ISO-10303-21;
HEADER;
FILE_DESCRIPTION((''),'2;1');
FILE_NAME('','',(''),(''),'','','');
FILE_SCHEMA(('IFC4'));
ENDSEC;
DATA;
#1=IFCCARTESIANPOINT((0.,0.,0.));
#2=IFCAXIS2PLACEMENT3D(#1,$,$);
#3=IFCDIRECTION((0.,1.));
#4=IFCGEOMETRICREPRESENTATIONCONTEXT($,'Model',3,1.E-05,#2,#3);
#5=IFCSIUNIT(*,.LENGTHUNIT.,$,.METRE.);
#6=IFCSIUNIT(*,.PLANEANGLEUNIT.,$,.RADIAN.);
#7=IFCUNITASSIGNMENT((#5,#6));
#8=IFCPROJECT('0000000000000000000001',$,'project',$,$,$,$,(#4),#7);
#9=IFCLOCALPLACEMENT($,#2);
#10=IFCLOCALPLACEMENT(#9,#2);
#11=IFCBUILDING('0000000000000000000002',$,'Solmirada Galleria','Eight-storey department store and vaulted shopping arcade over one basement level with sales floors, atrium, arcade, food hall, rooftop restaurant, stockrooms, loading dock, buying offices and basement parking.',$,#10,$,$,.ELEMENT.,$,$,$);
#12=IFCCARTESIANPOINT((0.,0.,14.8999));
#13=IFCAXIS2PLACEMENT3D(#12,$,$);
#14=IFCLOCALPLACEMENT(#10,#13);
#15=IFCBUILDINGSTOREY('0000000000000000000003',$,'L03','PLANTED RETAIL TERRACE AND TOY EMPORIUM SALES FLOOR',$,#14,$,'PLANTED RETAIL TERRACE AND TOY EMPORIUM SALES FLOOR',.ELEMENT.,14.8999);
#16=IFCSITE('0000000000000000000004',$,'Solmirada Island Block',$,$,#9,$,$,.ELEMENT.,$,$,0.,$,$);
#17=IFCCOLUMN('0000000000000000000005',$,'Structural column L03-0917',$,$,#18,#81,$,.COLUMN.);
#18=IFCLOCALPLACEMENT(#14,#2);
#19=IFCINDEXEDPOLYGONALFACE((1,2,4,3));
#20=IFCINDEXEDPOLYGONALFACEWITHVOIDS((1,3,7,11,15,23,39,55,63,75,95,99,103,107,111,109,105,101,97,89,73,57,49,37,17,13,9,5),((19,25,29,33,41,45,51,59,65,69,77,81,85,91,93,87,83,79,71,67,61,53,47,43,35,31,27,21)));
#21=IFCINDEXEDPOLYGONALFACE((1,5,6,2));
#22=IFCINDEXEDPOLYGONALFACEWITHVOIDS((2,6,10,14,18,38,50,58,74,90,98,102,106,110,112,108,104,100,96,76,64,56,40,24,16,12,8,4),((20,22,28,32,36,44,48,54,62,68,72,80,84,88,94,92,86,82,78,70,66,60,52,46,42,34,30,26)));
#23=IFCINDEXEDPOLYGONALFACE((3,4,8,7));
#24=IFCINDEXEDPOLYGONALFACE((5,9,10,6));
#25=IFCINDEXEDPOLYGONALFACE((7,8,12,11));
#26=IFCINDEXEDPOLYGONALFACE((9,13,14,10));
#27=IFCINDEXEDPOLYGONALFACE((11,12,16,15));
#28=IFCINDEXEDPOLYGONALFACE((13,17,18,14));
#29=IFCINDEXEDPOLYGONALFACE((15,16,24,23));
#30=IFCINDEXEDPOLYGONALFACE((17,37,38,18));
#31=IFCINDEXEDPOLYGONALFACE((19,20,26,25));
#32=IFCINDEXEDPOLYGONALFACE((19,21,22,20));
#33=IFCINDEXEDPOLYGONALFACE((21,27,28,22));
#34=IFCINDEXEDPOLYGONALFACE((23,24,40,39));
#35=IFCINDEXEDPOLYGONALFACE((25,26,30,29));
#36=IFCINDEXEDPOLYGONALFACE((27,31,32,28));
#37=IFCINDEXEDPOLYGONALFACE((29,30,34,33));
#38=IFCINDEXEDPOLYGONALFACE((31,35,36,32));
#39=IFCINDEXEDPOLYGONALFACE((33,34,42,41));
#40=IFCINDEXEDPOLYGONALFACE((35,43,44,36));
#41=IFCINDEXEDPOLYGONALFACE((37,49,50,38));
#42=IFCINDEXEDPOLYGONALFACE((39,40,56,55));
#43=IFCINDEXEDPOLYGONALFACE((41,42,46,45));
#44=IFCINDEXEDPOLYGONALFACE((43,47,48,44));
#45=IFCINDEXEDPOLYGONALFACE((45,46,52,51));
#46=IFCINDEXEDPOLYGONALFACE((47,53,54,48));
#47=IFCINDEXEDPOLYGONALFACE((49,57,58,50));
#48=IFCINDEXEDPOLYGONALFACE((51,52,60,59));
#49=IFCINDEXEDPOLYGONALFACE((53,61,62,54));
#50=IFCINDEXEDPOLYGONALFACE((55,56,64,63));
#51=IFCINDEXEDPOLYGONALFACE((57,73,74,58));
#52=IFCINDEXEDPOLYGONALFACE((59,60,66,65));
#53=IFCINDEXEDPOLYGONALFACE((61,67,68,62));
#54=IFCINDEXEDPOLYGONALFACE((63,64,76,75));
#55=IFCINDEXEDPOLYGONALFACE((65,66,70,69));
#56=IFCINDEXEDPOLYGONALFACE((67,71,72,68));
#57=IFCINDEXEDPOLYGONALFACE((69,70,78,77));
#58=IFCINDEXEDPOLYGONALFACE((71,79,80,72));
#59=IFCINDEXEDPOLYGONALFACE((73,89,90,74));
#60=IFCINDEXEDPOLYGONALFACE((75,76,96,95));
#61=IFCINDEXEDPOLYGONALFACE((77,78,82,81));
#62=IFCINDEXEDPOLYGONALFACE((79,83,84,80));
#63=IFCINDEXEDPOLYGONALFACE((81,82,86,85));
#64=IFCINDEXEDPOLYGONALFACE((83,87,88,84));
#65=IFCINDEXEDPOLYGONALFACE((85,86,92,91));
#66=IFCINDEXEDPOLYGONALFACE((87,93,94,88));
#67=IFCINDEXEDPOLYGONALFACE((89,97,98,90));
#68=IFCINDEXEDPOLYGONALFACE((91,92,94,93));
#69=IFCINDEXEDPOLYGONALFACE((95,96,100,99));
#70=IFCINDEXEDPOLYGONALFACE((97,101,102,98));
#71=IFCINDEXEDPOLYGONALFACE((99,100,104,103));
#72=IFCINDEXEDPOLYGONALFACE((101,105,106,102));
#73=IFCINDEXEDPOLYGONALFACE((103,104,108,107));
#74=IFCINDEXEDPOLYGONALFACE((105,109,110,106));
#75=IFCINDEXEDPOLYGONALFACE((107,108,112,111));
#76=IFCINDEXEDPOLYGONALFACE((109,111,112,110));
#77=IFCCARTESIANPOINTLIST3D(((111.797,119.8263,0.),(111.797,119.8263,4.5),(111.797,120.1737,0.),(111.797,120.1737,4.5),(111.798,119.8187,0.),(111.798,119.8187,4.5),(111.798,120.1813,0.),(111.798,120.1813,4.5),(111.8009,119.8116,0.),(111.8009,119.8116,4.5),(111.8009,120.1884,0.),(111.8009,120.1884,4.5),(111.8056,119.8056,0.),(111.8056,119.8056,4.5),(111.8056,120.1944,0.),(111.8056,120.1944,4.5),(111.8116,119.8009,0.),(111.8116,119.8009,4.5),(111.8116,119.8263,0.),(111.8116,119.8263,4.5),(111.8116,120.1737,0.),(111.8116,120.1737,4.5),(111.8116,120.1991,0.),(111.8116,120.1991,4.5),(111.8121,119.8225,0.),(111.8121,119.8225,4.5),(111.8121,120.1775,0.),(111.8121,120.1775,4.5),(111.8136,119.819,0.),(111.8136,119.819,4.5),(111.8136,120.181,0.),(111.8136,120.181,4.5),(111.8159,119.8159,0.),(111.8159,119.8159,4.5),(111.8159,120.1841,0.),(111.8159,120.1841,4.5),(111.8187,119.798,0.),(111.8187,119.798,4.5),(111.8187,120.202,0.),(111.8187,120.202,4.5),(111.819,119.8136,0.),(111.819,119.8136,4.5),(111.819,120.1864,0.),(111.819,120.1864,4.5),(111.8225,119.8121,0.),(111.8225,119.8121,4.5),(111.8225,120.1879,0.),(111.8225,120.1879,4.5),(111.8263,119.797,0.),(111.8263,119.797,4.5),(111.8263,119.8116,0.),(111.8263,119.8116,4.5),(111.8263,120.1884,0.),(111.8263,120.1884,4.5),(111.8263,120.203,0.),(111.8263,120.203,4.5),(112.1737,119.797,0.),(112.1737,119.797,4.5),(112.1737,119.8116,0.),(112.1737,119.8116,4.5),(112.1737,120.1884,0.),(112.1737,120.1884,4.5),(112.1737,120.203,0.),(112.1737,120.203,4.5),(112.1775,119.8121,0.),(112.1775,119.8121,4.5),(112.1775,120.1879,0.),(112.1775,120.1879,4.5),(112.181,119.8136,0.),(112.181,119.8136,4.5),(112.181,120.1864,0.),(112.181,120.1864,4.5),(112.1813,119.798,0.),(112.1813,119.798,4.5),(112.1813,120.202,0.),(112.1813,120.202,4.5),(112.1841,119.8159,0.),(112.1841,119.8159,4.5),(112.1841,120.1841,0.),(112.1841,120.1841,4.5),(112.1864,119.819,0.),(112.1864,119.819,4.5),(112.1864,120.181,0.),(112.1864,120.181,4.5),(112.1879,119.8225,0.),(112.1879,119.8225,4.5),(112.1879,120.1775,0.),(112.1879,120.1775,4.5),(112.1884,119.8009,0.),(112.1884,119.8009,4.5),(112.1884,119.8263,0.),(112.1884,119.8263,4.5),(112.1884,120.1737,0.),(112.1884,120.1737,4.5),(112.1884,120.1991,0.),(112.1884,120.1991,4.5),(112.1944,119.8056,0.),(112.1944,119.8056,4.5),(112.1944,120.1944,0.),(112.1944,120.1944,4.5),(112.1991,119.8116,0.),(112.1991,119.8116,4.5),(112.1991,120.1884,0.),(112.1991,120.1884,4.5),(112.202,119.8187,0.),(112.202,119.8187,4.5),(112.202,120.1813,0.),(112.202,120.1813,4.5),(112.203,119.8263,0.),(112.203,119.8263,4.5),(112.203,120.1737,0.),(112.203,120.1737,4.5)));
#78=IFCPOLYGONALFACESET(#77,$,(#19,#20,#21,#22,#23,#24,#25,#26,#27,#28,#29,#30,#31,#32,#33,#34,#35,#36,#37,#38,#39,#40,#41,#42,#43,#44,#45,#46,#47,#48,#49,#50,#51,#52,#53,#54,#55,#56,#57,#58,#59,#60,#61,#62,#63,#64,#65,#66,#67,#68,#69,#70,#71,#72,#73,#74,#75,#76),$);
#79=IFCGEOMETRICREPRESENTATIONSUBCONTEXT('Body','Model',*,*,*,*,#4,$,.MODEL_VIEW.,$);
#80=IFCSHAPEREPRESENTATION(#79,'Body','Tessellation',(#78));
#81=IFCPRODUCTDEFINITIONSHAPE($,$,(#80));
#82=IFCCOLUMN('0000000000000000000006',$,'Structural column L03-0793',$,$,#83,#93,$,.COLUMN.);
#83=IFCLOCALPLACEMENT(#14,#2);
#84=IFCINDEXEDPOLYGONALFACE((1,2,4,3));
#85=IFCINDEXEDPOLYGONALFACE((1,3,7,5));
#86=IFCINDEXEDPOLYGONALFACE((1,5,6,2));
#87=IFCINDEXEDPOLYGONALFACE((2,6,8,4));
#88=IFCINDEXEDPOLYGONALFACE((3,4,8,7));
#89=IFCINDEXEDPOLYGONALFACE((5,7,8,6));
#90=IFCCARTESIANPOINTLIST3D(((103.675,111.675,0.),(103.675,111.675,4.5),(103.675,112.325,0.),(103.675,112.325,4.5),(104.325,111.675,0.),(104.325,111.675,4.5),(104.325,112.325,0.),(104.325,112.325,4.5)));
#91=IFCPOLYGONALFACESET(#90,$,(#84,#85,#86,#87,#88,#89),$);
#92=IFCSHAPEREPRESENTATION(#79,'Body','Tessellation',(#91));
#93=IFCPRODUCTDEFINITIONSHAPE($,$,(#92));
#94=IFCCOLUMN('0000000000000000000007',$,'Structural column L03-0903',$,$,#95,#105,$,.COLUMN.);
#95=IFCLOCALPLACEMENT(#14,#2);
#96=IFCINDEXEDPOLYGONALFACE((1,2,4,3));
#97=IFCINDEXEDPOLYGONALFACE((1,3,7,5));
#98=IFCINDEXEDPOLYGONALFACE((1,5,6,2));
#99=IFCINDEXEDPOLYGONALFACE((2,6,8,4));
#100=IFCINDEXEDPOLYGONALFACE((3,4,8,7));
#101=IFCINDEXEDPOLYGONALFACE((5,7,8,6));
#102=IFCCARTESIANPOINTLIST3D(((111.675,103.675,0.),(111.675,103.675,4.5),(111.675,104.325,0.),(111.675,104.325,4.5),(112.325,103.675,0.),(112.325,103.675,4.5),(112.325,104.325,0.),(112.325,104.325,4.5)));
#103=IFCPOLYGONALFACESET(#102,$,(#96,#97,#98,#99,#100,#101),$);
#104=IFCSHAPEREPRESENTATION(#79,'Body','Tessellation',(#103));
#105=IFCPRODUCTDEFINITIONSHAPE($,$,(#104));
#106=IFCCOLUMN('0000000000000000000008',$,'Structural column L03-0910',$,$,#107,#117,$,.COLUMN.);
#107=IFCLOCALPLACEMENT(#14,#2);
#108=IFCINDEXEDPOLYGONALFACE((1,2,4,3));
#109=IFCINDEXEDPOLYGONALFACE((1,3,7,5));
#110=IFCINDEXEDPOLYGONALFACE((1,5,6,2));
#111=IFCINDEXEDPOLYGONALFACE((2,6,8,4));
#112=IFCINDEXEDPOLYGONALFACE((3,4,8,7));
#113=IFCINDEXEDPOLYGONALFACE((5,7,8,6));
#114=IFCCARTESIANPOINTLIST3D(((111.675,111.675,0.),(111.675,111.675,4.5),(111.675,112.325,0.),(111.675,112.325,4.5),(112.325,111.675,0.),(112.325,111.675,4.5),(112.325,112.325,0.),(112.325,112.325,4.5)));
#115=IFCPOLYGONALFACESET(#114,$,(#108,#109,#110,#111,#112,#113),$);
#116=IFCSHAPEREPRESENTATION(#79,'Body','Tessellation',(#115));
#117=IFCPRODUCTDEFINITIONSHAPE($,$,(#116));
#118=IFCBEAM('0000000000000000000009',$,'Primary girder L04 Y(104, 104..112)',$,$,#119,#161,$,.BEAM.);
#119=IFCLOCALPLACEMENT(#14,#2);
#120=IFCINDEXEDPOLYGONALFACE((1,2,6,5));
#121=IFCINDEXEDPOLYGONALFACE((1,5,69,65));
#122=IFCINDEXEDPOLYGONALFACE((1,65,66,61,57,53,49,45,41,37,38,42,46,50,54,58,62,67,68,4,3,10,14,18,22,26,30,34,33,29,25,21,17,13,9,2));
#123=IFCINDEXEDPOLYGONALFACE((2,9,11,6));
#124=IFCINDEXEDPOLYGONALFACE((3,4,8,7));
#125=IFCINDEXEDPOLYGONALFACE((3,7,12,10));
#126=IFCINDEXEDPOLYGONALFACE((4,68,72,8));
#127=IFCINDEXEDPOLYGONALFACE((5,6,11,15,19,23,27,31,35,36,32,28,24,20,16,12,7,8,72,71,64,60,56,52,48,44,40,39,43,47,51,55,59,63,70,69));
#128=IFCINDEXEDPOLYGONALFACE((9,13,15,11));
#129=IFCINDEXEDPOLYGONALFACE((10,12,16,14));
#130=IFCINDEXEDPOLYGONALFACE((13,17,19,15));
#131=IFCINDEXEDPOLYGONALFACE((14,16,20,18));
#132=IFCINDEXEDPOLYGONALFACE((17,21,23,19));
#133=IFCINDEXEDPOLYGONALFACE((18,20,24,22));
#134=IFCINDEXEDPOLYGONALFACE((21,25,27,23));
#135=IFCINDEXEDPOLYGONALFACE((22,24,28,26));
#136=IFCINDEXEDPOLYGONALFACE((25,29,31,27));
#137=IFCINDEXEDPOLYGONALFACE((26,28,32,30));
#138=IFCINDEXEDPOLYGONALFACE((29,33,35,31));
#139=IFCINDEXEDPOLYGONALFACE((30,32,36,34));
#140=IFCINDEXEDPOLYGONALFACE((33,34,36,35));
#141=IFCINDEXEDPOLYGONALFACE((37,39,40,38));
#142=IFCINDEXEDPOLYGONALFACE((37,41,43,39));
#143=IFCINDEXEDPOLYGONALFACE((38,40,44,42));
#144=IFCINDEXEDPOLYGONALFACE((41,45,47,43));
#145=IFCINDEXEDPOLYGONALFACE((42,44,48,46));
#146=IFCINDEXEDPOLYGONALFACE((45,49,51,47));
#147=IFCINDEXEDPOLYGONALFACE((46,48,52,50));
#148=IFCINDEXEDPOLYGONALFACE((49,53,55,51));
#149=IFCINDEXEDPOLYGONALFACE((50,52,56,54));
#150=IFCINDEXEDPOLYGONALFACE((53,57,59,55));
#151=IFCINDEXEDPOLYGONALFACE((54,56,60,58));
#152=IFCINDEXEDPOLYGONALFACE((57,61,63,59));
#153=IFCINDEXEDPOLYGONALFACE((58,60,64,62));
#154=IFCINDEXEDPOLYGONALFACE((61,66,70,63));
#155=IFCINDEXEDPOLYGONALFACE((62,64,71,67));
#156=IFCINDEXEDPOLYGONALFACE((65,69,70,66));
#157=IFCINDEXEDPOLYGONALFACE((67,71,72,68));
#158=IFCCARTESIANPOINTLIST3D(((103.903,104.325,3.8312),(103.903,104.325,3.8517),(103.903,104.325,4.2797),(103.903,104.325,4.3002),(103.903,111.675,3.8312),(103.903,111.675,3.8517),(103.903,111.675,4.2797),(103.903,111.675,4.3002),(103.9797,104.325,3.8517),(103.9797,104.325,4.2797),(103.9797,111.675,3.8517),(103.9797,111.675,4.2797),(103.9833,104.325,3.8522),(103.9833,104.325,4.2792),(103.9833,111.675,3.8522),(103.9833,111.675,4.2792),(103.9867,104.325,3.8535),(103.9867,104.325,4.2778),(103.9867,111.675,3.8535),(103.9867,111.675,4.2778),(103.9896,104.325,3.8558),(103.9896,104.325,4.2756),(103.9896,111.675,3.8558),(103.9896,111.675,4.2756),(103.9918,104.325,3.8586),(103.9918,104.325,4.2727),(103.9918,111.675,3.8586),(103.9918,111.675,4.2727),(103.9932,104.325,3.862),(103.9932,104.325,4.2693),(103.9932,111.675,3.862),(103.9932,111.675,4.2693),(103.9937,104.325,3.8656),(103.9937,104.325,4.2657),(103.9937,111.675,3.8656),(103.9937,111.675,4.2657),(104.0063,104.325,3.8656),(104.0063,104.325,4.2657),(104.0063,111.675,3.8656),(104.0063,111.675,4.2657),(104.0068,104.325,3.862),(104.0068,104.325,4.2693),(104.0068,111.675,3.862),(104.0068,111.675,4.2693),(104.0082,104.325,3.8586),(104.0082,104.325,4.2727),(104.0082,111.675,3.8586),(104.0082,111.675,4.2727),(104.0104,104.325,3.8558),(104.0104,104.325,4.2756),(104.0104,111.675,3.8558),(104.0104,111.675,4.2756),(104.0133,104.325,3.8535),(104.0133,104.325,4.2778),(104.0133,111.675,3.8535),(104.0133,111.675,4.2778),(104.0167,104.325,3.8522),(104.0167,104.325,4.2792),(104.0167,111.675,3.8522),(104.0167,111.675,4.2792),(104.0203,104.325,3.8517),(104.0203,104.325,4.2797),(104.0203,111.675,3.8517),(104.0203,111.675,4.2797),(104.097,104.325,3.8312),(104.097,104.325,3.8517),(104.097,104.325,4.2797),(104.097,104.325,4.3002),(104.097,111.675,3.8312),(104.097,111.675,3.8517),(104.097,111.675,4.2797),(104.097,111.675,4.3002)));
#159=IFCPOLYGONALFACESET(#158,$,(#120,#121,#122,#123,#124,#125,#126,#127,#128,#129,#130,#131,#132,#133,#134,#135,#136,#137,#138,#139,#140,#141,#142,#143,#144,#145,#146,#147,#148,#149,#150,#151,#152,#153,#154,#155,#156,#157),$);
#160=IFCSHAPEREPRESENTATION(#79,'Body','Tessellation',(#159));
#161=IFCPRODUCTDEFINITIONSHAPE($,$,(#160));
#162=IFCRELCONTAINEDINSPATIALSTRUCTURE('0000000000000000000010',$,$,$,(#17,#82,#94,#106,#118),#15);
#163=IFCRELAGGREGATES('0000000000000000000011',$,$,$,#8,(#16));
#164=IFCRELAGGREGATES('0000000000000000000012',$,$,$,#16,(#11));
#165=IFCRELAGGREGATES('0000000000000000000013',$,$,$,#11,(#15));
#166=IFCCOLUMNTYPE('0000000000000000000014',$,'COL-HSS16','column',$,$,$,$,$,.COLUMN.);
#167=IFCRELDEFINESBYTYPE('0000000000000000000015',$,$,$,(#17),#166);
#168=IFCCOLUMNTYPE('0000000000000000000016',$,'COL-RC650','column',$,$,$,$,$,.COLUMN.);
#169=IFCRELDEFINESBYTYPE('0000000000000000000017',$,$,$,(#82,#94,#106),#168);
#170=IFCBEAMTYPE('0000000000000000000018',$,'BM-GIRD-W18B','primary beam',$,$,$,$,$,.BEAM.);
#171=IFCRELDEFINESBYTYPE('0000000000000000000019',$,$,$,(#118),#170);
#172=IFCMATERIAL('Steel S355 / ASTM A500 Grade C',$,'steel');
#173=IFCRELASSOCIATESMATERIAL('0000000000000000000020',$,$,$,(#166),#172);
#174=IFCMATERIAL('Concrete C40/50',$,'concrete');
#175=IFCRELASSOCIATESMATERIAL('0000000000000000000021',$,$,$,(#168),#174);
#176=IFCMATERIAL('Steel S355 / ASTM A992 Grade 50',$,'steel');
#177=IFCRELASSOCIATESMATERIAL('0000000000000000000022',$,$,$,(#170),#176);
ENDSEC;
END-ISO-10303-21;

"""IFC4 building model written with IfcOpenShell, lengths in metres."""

from ifc_helpers import new_model, si_unit, direction, frame, origin, origin_2d, place, context, subcontext, project, spatial, rectangle, hollow_rectangle, i_section, extrude, material, material_profile, profile_set, type_object, element, save


model = new_model("IFC4")

# Units and contexts
model_context = context("Model", 3, precision=1e-05, world=origin(), true_north=direction((0.0, 1.0)))
body_context = subcontext(model_context, "Body", "Model", "MODEL_VIEW")
ifc_project = project(units=[si_unit("LENGTHUNIT", "METRE"), si_unit("PLANEANGLEUNIT", "RADIAN")], contexts=[model_context])

# Site, building, storey
site_placement = place(None, origin())
site = spatial("IfcSite", under=ifc_project, at=site_placement, Name="Solmirada Island Block", CompositionType="ELEMENT", RefElevation=0.0)
building_placement = place(site_placement, origin())
building = spatial("IfcBuilding", under=site, at=building_placement, Name="Solmirada Galleria", Description="Eight-storey department store and vaulted shopping arcade over one basement level with sales floors, atrium, arcade, food hall, rooftop restaurant, stockrooms, loading dock, buying offices and basement parking.", CompositionType="ELEMENT")
storey_placement = place(building_placement, frame((0.0, 0.0, 14.8999)))
storey = spatial("IfcBuildingStorey", under=building, at=storey_placement, Name="L03", Description="PLANTED RETAIL TERRACE AND TOY EMPORIUM SALES FLOOR", LongName="PLANTED RETAIL TERRACE AND TOY EMPORIUM SALES FLOOR", CompositionType="ELEMENT", Elevation=14.8999)

# Columns
ifc_material_1 = material(Name="Steel S355 / ASTM A500 Grade C", Category="steel")
ifc_material_profile_1 = material_profile(ifc_material_1, hollow_rectangle(XDim=0.406, YDim=0.406, WallThickness=0.0146, InnerFilletRadius=0.0146, OuterFilletRadius=0.0293, at=origin_2d()), Name="HSS16X16X5/8")
ifc_profile_set_1 = profile_set([ifc_material_profile_1], Name="Steel S355 / ASTM A500 Grade C")
column_type_1 = type_object("IfcColumnType", Name="COL-HSS16", Description="column", PredefinedType="COLUMN", material=ifc_profile_set_1)
for number, where, z_axis, x_axis, name in (
    (1, (112.0, 120.0, 0.0), (0.0, 0.0, 1.0), (1.0, 0.0, 0.0), "Structural column L03-0917"),
):
    element("IfcColumn", number, at=place(storey_placement, frame(where, z_axis=z_axis, x_axis=x_axis)), inside=storey, type_object=column_type_1, Name=name, PredefinedType="COLUMN", context=body_context, shape_type="SweptSolid", body=[
        extrude(hollow_rectangle(XDim=0.406, YDim=0.406, WallThickness=0.0146, InnerFilletRadius=0.0146, OuterFilletRadius=0.0293, at=origin_2d()), origin(), (0.0, 0.0, 1.0), 4.5),
    ])
ifc_material_2 = material(Name="Concrete C40/50", Category="concrete")
ifc_material_profile_2 = material_profile(ifc_material_2, rectangle(XDim=0.6499, YDim=0.6499, at=origin_2d()), Name="RC650X650")
ifc_profile_set_2 = profile_set([ifc_material_profile_2], Name="Concrete C40/50")
column_type_2 = type_object("IfcColumnType", Name="COL-RC650", Description="column", PredefinedType="COLUMN", material=ifc_profile_set_2)
for number, where, z_axis, x_axis, name in (
    (2, (104.0, 112.0, 0.0), (0.0, 0.0, 1.0), (1.0, 0.0, 0.0), "Structural column L03-0793"),
    (3, (112.0, 104.0, 0.0), (0.0, 0.0, 1.0), (1.0, 0.0, 0.0), "Structural column L03-0903"),
    (4, (112.0, 112.0, 0.0), (0.0, 0.0, 1.0), (1.0, 0.0, 0.0), "Structural column L03-0910"),
):
    element("IfcColumn", number, at=place(storey_placement, frame(where, z_axis=z_axis, x_axis=x_axis)), inside=storey, type_object=column_type_2, Name=name, PredefinedType="COLUMN", context=body_context, shape_type="SweptSolid", body=[
        extrude(rectangle(XDim=0.6499, YDim=0.6499, at=origin_2d()), origin(), (0.0, 0.0, 1.0), 4.5),
    ])

# Beam
ifc_material_3 = material(Name="Steel S355 / ASTM A992 Grade 50", Category="steel")
ifc_material_profile_3 = material_profile(ifc_material_3, i_section(OverallWidth=0.1941, OverallDepth=0.469, WebThickness=0.0127, FlangeThickness=0.0205, FilletRadius=0.0139, at=origin_2d()), Name="W18X71")
ifc_profile_set_3 = profile_set([ifc_material_profile_3], Name="Steel S355 / ASTM A992 Grade 50")
beam_type_1 = type_object("IfcBeamType", Name="BM-GIRD-W18B", Description="primary beam", PredefinedType="BEAM", material=ifc_profile_set_3)
beam_1_placement = place(storey_placement, frame((104.0, 104.325, 4.0657), z_axis=(0.0, 1.0, 0.0), x_axis=(-1.0, 0.0, 0.0)))
element("IfcBeam", 5, at=beam_1_placement, inside=storey, type_object=beam_type_1, Name="Primary girder L04 Y(104, 104..112)", PredefinedType="BEAM", context=body_context, shape_type="SweptSolid", body=[
    extrude(i_section(OverallWidth=0.1941, OverallDepth=0.469, WebThickness=0.0127, FlangeThickness=0.0205, FilletRadius=0.0139, at=origin_2d()), origin(), (0.0, 0.0, 1.0), 7.3501),
])

save(model, "model.ifc")
